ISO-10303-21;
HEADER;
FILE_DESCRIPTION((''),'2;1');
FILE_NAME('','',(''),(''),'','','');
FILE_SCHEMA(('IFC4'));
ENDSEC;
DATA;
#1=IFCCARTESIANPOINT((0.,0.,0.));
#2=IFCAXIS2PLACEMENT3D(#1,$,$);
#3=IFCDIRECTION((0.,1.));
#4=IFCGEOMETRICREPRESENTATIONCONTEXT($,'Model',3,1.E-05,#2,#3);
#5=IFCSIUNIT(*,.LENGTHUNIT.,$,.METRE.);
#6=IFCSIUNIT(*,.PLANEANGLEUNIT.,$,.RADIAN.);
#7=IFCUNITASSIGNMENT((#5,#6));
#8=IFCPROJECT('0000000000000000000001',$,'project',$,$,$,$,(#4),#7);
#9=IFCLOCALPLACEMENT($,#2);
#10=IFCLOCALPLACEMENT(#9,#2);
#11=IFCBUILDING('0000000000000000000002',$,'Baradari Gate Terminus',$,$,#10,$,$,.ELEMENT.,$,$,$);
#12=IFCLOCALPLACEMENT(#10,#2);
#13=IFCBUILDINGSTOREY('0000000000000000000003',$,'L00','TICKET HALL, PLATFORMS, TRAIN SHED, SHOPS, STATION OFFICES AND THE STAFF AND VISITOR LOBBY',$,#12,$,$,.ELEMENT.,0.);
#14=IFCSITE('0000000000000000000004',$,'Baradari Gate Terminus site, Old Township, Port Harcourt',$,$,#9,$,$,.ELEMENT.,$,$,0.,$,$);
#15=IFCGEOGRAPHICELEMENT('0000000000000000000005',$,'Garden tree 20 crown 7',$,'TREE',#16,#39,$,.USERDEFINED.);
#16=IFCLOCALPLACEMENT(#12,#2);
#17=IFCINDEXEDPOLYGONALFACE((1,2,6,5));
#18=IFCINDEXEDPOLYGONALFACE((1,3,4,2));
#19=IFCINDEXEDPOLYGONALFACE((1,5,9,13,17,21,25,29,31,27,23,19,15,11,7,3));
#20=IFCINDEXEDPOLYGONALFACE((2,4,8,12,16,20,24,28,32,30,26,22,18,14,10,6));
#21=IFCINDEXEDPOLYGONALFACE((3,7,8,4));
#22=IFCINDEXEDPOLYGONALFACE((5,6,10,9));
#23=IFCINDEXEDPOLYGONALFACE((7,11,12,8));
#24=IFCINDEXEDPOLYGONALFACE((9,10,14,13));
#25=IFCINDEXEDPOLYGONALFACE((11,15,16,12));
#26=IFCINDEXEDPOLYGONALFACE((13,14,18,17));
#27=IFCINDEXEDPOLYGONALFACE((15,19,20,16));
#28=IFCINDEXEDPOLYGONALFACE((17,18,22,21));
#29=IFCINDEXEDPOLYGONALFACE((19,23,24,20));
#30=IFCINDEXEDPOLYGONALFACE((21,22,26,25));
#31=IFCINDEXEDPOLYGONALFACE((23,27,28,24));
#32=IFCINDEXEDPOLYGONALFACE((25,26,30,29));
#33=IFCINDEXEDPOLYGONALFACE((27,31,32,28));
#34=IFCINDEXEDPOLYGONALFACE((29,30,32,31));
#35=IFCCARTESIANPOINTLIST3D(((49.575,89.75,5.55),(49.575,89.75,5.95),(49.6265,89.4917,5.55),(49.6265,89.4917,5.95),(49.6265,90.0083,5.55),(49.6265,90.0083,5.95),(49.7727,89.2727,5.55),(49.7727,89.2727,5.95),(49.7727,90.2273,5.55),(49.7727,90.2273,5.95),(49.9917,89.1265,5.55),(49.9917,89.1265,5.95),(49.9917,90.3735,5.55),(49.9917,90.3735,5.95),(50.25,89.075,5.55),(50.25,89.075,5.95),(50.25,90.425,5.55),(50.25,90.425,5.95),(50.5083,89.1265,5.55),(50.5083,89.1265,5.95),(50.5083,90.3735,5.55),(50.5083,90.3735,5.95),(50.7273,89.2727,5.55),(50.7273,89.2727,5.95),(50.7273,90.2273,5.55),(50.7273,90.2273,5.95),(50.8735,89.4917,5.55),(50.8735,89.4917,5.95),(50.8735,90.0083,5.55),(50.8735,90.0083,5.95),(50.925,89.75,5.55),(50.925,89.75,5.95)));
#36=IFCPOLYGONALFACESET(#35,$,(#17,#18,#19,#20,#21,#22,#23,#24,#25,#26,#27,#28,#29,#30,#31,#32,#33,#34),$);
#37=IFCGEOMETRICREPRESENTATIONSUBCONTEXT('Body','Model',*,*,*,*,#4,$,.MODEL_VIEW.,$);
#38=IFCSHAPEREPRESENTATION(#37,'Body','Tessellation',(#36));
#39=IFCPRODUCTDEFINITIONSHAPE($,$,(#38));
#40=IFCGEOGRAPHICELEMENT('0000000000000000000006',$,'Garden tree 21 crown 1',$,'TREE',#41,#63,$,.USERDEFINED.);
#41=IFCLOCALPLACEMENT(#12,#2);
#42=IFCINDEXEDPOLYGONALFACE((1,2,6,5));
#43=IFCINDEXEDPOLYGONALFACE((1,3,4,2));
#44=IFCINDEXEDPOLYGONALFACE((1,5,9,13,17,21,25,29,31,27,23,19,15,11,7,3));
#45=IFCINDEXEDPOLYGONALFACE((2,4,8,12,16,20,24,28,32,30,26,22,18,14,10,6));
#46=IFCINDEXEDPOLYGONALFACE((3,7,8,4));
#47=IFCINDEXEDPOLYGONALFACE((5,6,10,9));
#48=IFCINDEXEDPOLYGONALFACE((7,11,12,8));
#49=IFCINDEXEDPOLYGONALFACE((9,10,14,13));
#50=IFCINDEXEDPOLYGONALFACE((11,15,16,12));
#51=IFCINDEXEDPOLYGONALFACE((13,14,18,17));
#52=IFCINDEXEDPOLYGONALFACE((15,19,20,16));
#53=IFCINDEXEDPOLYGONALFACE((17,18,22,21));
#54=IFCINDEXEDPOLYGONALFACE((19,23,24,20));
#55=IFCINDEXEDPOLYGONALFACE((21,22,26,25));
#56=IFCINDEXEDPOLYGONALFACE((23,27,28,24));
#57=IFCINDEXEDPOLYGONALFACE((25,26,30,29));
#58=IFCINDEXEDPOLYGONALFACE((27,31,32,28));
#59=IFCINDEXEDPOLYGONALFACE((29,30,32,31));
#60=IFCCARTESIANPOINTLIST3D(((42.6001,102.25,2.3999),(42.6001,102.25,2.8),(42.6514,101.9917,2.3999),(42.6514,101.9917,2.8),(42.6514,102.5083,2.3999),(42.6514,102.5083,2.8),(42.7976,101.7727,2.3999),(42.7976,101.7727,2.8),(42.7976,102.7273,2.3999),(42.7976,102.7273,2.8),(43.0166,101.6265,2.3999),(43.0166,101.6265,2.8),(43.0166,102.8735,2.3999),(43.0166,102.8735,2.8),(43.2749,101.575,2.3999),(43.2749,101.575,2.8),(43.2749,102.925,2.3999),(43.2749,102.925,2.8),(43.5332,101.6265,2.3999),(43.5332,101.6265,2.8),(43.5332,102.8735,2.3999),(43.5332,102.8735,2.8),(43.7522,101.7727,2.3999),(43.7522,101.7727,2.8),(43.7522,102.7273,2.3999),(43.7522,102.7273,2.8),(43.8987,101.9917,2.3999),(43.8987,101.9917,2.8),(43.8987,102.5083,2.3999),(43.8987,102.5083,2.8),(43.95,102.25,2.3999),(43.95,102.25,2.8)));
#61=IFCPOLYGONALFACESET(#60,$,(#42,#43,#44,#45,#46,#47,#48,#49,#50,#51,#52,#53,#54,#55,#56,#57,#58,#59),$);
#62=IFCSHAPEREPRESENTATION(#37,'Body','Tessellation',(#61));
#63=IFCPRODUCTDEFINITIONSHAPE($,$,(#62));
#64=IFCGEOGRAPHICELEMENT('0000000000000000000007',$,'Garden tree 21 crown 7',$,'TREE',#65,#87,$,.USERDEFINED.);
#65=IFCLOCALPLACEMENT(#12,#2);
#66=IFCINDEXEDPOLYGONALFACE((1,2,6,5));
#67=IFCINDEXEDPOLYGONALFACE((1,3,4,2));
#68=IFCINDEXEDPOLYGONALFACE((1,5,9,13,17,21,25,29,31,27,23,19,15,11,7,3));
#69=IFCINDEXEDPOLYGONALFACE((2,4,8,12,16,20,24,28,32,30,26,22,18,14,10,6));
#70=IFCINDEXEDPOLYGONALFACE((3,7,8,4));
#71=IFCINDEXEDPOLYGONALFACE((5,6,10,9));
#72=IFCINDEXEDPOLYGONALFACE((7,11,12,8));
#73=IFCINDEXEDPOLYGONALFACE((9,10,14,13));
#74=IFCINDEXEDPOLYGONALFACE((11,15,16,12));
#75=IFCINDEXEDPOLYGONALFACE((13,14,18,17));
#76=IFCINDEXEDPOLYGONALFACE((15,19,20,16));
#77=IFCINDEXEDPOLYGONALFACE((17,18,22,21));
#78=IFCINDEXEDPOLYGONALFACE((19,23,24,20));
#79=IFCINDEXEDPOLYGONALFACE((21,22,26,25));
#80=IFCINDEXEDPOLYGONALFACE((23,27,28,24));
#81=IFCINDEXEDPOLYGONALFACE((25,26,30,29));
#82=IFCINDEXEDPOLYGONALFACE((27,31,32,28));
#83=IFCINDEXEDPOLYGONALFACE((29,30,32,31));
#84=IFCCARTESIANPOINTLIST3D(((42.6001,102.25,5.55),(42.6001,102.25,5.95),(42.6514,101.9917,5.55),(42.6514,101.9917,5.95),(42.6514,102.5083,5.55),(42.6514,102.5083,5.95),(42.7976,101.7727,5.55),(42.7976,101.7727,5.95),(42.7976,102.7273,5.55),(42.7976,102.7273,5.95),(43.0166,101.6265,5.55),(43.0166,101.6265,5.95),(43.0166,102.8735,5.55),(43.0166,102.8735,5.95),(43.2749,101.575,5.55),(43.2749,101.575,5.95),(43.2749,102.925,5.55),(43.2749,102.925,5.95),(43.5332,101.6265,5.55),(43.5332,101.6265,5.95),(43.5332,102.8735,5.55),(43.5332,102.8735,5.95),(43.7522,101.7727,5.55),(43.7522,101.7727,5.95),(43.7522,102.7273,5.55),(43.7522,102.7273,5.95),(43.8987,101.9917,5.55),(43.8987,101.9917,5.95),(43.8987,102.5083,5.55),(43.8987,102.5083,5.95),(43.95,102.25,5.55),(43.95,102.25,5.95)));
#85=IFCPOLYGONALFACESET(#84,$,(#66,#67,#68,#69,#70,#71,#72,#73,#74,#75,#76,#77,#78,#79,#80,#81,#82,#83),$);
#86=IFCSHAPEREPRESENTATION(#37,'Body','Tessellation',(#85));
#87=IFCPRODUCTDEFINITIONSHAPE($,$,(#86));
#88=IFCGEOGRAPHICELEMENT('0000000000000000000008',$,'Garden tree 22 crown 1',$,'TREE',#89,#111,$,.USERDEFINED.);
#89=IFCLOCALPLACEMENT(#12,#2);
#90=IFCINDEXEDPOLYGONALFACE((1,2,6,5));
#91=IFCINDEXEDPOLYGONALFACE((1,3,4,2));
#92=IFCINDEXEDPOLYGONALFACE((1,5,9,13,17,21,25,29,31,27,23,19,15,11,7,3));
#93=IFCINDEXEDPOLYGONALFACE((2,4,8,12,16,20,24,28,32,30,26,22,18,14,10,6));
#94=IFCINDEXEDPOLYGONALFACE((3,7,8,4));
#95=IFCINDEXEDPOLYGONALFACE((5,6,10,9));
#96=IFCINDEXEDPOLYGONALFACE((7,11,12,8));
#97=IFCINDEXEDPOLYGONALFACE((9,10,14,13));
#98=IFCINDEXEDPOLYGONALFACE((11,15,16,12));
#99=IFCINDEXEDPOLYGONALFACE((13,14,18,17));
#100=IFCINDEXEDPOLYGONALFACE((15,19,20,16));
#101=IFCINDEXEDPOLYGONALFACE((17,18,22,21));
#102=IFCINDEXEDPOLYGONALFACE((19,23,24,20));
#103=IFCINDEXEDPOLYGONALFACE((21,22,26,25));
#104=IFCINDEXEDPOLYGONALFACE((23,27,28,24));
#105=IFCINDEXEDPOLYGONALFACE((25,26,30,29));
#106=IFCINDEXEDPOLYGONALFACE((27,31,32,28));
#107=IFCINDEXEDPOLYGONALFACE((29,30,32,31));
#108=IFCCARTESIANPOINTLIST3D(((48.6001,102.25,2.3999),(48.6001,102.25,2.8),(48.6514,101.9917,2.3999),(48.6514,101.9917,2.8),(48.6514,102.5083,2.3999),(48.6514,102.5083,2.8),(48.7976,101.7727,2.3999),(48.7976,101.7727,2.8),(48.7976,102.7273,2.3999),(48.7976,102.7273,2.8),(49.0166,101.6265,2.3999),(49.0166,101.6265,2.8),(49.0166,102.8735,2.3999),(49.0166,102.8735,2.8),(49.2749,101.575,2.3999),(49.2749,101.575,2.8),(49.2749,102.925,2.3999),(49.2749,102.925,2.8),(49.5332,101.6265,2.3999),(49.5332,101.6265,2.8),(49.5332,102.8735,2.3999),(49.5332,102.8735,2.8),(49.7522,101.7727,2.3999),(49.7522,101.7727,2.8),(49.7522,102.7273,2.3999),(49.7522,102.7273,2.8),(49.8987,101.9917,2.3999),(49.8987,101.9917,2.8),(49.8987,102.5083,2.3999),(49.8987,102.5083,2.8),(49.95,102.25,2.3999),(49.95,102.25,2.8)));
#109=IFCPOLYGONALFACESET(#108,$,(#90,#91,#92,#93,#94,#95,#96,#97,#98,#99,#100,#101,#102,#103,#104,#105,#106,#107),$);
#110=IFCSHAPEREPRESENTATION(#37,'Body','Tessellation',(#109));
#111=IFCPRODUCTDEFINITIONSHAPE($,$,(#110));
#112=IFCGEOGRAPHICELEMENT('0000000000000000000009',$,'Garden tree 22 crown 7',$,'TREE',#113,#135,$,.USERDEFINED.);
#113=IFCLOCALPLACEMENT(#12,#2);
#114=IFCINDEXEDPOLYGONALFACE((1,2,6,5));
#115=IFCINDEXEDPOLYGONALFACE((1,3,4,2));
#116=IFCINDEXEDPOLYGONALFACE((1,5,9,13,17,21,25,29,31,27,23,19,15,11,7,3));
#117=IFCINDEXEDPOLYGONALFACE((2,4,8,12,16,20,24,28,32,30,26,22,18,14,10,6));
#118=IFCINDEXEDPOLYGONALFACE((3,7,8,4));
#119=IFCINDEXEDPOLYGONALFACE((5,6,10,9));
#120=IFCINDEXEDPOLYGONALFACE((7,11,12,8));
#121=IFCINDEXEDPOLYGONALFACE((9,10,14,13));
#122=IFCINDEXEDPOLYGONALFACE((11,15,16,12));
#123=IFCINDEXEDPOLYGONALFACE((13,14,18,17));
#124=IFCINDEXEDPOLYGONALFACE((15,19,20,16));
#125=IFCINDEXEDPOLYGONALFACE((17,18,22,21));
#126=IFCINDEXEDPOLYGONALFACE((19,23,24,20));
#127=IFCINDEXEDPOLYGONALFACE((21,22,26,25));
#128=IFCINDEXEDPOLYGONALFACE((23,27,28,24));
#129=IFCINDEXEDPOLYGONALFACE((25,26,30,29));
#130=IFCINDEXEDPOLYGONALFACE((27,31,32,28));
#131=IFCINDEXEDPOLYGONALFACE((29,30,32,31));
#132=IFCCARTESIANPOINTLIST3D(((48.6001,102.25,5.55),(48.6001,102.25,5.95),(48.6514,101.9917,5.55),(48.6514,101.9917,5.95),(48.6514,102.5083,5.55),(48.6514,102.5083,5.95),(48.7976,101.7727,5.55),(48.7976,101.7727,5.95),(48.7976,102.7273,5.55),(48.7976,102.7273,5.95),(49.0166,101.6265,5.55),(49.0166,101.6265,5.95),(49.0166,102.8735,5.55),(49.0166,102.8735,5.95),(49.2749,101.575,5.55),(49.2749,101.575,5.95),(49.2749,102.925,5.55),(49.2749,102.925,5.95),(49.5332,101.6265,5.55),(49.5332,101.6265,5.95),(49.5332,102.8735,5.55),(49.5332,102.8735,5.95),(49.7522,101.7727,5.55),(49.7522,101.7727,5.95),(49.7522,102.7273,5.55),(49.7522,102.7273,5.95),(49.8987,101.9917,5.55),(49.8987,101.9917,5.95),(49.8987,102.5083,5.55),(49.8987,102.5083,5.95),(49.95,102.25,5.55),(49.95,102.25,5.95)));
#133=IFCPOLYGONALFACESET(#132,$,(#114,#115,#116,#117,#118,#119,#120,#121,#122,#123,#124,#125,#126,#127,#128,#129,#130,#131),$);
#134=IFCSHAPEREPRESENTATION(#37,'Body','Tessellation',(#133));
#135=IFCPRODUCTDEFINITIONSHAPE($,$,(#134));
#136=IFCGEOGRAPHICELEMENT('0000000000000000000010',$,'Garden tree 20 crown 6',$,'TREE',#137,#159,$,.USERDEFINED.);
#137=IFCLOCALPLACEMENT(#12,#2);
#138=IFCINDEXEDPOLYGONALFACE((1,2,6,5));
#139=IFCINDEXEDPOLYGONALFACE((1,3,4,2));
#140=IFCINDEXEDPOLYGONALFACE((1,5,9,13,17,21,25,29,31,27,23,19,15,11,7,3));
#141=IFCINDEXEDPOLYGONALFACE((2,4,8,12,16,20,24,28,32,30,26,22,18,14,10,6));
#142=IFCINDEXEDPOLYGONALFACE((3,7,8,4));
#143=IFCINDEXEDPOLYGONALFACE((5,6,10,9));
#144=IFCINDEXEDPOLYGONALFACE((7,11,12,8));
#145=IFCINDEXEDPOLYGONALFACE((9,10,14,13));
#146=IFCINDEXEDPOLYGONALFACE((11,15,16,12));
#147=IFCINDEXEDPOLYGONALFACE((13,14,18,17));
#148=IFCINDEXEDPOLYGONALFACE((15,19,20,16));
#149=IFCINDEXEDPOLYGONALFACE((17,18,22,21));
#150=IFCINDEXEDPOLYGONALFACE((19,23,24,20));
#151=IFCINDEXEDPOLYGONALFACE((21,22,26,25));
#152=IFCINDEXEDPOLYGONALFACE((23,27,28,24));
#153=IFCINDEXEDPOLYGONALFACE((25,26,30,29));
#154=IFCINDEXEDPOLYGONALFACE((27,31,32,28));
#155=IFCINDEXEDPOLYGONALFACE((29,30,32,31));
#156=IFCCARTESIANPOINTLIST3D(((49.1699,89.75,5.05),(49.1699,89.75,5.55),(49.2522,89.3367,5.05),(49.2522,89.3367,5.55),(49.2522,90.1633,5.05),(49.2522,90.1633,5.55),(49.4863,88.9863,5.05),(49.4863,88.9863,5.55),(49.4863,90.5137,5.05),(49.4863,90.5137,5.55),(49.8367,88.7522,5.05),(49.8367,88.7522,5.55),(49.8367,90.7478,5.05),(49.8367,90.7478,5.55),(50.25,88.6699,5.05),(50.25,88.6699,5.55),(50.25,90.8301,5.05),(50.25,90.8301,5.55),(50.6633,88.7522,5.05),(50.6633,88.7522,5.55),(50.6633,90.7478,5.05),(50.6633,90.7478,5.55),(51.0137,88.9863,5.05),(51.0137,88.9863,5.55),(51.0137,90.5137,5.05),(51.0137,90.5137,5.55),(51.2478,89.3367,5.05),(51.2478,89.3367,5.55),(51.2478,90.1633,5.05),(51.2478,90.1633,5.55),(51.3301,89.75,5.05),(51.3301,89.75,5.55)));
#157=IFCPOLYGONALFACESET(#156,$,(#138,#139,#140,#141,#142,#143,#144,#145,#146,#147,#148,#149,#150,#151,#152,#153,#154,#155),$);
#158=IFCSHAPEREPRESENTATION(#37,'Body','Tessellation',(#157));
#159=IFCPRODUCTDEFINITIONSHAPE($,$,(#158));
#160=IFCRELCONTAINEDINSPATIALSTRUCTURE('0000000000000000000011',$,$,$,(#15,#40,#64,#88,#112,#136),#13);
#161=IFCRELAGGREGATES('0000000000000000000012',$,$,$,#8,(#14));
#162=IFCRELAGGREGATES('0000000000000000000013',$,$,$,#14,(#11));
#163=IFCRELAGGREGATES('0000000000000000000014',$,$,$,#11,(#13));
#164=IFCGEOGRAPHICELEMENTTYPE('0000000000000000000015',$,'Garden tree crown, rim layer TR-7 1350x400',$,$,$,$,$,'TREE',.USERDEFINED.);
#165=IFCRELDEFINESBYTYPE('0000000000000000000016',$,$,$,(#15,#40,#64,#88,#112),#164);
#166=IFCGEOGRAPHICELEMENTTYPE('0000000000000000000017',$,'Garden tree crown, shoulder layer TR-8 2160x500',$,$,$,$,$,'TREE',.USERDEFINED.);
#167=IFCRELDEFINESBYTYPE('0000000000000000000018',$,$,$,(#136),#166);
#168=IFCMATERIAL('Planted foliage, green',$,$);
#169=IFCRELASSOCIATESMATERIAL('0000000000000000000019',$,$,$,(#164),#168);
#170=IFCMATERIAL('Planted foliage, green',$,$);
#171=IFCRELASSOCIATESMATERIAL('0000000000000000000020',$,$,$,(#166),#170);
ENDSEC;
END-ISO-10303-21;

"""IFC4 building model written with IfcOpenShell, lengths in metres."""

from ifc_helpers import new_model, si_unit, direction, frame, origin, place, context, subcontext, project, spatial, polyline, outline, extrude, material, type_object, element, save


model = new_model("IFC4")

# Units and contexts
model_context = context("Model", 3, precision=1e-05, world=origin(), true_north=direction((0.0, 1.0)))
body_context = subcontext(model_context, "Body", "Model", "MODEL_VIEW")
ifc_project = project(units=[si_unit("LENGTHUNIT", "METRE"), si_unit("PLANEANGLEUNIT", "RADIAN")], contexts=[model_context])

# Site, building, storey
site_placement = place(None, origin())
site = spatial("IfcSite", under=ifc_project, at=site_placement, Name="Baradari Gate Terminus site, Old Township, Port Harcourt", CompositionType="ELEMENT", RefElevation=0.0)
building_placement = place(site_placement, origin())
building = spatial("IfcBuilding", under=site, at=building_placement, Name="Baradari Gate Terminus", CompositionType="ELEMENT")
storey_placement = place(building_placement, origin())
storey = spatial("IfcBuildingStorey", under=building, at=storey_placement, Name="L00", Description="TICKET HALL, PLATFORMS, TRAIN SHED, SHOPS, STATION OFFICES AND THE STAFF AND VISITOR LOBBY", CompositionType="ELEMENT", Elevation=0.0)

# Geographic elements
ifc_material_1 = material(Name="Planted foliage, green")
geographic_element_type_1 = type_object("IfcGeographicElementType", Name="Garden tree crown, rim layer TR-7 1350x400", ElementType="TREE", PredefinedType="USERDEFINED", material=ifc_material_1)
geographic_element_1_placement = place(storey_placement, frame((0.0, 0.0, 5.55)))
element("IfcGeographicElement", 1, at=geographic_element_1_placement, inside=storey, type_object=geographic_element_type_1, Name="Garden tree 20 crown 7", ObjectType="TREE", PredefinedType="USERDEFINED", context=body_context, shape_type="SweptSolid", body=[
    extrude(outline(polyline([(50.925, 89.75), (50.8735, 90.0083), (50.7273, 90.2273), (50.5083, 90.3735), (50.25, 90.425), (49.9917, 90.3735), (49.7727, 90.2273), (49.6265, 90.0083), (49.575, 89.75), (49.6265, 89.4917), (49.7727, 89.2727), (49.9917, 89.1265), (50.25, 89.075), (50.5083, 89.1265), (50.7273, 89.2727), (50.8735, 89.4917), (50.925, 89.75)])), origin(), (0.0, 0.0, 1.0), 0.3999),
])
geographic_element_2_placement = place(storey_placement, frame((0.0, 0.0, 2.3999)))
element("IfcGeographicElement", 2, at=geographic_element_2_placement, inside=storey, type_object=geographic_element_type_1, Name="Garden tree 21 crown 1", ObjectType="TREE", PredefinedType="USERDEFINED", context=body_context, shape_type="SweptSolid", body=[
    extrude(outline(polyline([(43.95, 102.25), (43.8987, 102.5083), (43.7522, 102.7273), (43.5332, 102.8735), (43.2749, 102.925), (43.0166, 102.8735), (42.7976, 102.7273), (42.6514, 102.5083), (42.6001, 102.25), (42.6514, 101.9917), (42.7976, 101.7727), (43.0166, 101.6265), (43.2749, 101.575), (43.5332, 101.6265), (43.7522, 101.7727), (43.8987, 101.9917), (43.95, 102.25)])), origin(), (0.0, 0.0, 1.0), 0.4001),
])
geographic_element_3_placement = place(storey_placement, frame((0.0, 0.0, 5.55)))
element("IfcGeographicElement", 3, at=geographic_element_3_placement, inside=storey, type_object=geographic_element_type_1, Name="Garden tree 21 crown 7", ObjectType="TREE", PredefinedType="USERDEFINED", context=body_context, shape_type="SweptSolid", body=[
    extrude(outline(polyline([(43.95, 102.25), (43.8987, 102.5083), (43.7522, 102.7273), (43.5332, 102.8735), (43.2749, 102.925), (43.0166, 102.8735), (42.7976, 102.7273), (42.6514, 102.5083), (42.6001, 102.25), (42.6514, 101.9917), (42.7976, 101.7727), (43.0166, 101.6265), (43.2749, 101.575), (43.5332, 101.6265), (43.7522, 101.7727), (43.8987, 101.9917), (43.95, 102.25)])), origin(), (0.0, 0.0, 1.0), 0.3999),
])
geographic_element_4_placement = place(storey_placement, frame((0.0, 0.0, 2.3999)))
element("IfcGeographicElement", 4, at=geographic_element_4_placement, inside=storey, type_object=geographic_element_type_1, Name="Garden tree 22 crown 1", ObjectType="TREE", PredefinedType="USERDEFINED", context=body_context, shape_type="SweptSolid", body=[
    extrude(outline(polyline([(49.95, 102.25), (49.8987, 102.5083), (49.7522, 102.7273), (49.5332, 102.8735), (49.2749, 102.925), (49.0166, 102.8735), (48.7976, 102.7273), (48.6514, 102.5083), (48.6001, 102.25), (48.6514, 101.9917), (48.7976, 101.7727), (49.0166, 101.6265), (49.2749, 101.575), (49.5332, 101.6265), (49.7522, 101.7727), (49.8987, 101.9917), (49.95, 102.25)])), origin(), (0.0, 0.0, 1.0), 0.4001),
])
geographic_element_5_placement = place(storey_placement, frame((0.0, 0.0, 5.55)))
element("IfcGeographicElement", 5, at=geographic_element_5_placement, inside=storey, type_object=geographic_element_type_1, Name="Garden tree 22 crown 7", ObjectType="TREE", PredefinedType="USERDEFINED", context=body_context, shape_type="SweptSolid", body=[
    extrude(outline(polyline([(49.95, 102.25), (49.8987, 102.5083), (49.7522, 102.7273), (49.5332, 102.8735), (49.2749, 102.925), (49.0166, 102.8735), (48.7976, 102.7273), (48.6514, 102.5083), (48.6001, 102.25), (48.6514, 101.9917), (48.7976, 101.7727), (49.0166, 101.6265), (49.2749, 101.575), (49.5332, 101.6265), (49.7522, 101.7727), (49.8987, 101.9917), (49.95, 102.25)])), origin(), (0.0, 0.0, 1.0), 0.3999),
])
ifc_material_2 = material(Name="Planted foliage, green")
geographic_element_type_2 = type_object("IfcGeographicElementType", Name="Garden tree crown, shoulder layer TR-8 2160x500", ElementType="TREE", PredefinedType="USERDEFINED", material=ifc_material_2)
geographic_element_6_placement = place(storey_placement, frame((0.0, 0.0, 5.05)))
element("IfcGeographicElement", 6, at=geographic_element_6_placement, inside=storey, type_object=geographic_element_type_2, Name="Garden tree 20 crown 6", ObjectType="TREE", PredefinedType="USERDEFINED", context=body_context, shape_type="SweptSolid", body=[
    extrude(outline(polyline([(51.3301, 89.75), (51.2478, 90.1633), (51.0137, 90.5137), (50.6633, 90.7478), (50.25, 90.8301), (49.8367, 90.7478), (49.4863, 90.5137), (49.2522, 90.1633), (49.1699, 89.75), (49.2522, 89.3367), (49.4863, 88.9863), (49.8367, 88.7522), (50.25, 88.6699), (50.6633, 88.7522), (51.0137, 88.9863), (51.2478, 89.3367), (51.3301, 89.75)])), origin(), (0.0, 0.0, 1.0), 0.5),
])

save(model, "model.ifc")
